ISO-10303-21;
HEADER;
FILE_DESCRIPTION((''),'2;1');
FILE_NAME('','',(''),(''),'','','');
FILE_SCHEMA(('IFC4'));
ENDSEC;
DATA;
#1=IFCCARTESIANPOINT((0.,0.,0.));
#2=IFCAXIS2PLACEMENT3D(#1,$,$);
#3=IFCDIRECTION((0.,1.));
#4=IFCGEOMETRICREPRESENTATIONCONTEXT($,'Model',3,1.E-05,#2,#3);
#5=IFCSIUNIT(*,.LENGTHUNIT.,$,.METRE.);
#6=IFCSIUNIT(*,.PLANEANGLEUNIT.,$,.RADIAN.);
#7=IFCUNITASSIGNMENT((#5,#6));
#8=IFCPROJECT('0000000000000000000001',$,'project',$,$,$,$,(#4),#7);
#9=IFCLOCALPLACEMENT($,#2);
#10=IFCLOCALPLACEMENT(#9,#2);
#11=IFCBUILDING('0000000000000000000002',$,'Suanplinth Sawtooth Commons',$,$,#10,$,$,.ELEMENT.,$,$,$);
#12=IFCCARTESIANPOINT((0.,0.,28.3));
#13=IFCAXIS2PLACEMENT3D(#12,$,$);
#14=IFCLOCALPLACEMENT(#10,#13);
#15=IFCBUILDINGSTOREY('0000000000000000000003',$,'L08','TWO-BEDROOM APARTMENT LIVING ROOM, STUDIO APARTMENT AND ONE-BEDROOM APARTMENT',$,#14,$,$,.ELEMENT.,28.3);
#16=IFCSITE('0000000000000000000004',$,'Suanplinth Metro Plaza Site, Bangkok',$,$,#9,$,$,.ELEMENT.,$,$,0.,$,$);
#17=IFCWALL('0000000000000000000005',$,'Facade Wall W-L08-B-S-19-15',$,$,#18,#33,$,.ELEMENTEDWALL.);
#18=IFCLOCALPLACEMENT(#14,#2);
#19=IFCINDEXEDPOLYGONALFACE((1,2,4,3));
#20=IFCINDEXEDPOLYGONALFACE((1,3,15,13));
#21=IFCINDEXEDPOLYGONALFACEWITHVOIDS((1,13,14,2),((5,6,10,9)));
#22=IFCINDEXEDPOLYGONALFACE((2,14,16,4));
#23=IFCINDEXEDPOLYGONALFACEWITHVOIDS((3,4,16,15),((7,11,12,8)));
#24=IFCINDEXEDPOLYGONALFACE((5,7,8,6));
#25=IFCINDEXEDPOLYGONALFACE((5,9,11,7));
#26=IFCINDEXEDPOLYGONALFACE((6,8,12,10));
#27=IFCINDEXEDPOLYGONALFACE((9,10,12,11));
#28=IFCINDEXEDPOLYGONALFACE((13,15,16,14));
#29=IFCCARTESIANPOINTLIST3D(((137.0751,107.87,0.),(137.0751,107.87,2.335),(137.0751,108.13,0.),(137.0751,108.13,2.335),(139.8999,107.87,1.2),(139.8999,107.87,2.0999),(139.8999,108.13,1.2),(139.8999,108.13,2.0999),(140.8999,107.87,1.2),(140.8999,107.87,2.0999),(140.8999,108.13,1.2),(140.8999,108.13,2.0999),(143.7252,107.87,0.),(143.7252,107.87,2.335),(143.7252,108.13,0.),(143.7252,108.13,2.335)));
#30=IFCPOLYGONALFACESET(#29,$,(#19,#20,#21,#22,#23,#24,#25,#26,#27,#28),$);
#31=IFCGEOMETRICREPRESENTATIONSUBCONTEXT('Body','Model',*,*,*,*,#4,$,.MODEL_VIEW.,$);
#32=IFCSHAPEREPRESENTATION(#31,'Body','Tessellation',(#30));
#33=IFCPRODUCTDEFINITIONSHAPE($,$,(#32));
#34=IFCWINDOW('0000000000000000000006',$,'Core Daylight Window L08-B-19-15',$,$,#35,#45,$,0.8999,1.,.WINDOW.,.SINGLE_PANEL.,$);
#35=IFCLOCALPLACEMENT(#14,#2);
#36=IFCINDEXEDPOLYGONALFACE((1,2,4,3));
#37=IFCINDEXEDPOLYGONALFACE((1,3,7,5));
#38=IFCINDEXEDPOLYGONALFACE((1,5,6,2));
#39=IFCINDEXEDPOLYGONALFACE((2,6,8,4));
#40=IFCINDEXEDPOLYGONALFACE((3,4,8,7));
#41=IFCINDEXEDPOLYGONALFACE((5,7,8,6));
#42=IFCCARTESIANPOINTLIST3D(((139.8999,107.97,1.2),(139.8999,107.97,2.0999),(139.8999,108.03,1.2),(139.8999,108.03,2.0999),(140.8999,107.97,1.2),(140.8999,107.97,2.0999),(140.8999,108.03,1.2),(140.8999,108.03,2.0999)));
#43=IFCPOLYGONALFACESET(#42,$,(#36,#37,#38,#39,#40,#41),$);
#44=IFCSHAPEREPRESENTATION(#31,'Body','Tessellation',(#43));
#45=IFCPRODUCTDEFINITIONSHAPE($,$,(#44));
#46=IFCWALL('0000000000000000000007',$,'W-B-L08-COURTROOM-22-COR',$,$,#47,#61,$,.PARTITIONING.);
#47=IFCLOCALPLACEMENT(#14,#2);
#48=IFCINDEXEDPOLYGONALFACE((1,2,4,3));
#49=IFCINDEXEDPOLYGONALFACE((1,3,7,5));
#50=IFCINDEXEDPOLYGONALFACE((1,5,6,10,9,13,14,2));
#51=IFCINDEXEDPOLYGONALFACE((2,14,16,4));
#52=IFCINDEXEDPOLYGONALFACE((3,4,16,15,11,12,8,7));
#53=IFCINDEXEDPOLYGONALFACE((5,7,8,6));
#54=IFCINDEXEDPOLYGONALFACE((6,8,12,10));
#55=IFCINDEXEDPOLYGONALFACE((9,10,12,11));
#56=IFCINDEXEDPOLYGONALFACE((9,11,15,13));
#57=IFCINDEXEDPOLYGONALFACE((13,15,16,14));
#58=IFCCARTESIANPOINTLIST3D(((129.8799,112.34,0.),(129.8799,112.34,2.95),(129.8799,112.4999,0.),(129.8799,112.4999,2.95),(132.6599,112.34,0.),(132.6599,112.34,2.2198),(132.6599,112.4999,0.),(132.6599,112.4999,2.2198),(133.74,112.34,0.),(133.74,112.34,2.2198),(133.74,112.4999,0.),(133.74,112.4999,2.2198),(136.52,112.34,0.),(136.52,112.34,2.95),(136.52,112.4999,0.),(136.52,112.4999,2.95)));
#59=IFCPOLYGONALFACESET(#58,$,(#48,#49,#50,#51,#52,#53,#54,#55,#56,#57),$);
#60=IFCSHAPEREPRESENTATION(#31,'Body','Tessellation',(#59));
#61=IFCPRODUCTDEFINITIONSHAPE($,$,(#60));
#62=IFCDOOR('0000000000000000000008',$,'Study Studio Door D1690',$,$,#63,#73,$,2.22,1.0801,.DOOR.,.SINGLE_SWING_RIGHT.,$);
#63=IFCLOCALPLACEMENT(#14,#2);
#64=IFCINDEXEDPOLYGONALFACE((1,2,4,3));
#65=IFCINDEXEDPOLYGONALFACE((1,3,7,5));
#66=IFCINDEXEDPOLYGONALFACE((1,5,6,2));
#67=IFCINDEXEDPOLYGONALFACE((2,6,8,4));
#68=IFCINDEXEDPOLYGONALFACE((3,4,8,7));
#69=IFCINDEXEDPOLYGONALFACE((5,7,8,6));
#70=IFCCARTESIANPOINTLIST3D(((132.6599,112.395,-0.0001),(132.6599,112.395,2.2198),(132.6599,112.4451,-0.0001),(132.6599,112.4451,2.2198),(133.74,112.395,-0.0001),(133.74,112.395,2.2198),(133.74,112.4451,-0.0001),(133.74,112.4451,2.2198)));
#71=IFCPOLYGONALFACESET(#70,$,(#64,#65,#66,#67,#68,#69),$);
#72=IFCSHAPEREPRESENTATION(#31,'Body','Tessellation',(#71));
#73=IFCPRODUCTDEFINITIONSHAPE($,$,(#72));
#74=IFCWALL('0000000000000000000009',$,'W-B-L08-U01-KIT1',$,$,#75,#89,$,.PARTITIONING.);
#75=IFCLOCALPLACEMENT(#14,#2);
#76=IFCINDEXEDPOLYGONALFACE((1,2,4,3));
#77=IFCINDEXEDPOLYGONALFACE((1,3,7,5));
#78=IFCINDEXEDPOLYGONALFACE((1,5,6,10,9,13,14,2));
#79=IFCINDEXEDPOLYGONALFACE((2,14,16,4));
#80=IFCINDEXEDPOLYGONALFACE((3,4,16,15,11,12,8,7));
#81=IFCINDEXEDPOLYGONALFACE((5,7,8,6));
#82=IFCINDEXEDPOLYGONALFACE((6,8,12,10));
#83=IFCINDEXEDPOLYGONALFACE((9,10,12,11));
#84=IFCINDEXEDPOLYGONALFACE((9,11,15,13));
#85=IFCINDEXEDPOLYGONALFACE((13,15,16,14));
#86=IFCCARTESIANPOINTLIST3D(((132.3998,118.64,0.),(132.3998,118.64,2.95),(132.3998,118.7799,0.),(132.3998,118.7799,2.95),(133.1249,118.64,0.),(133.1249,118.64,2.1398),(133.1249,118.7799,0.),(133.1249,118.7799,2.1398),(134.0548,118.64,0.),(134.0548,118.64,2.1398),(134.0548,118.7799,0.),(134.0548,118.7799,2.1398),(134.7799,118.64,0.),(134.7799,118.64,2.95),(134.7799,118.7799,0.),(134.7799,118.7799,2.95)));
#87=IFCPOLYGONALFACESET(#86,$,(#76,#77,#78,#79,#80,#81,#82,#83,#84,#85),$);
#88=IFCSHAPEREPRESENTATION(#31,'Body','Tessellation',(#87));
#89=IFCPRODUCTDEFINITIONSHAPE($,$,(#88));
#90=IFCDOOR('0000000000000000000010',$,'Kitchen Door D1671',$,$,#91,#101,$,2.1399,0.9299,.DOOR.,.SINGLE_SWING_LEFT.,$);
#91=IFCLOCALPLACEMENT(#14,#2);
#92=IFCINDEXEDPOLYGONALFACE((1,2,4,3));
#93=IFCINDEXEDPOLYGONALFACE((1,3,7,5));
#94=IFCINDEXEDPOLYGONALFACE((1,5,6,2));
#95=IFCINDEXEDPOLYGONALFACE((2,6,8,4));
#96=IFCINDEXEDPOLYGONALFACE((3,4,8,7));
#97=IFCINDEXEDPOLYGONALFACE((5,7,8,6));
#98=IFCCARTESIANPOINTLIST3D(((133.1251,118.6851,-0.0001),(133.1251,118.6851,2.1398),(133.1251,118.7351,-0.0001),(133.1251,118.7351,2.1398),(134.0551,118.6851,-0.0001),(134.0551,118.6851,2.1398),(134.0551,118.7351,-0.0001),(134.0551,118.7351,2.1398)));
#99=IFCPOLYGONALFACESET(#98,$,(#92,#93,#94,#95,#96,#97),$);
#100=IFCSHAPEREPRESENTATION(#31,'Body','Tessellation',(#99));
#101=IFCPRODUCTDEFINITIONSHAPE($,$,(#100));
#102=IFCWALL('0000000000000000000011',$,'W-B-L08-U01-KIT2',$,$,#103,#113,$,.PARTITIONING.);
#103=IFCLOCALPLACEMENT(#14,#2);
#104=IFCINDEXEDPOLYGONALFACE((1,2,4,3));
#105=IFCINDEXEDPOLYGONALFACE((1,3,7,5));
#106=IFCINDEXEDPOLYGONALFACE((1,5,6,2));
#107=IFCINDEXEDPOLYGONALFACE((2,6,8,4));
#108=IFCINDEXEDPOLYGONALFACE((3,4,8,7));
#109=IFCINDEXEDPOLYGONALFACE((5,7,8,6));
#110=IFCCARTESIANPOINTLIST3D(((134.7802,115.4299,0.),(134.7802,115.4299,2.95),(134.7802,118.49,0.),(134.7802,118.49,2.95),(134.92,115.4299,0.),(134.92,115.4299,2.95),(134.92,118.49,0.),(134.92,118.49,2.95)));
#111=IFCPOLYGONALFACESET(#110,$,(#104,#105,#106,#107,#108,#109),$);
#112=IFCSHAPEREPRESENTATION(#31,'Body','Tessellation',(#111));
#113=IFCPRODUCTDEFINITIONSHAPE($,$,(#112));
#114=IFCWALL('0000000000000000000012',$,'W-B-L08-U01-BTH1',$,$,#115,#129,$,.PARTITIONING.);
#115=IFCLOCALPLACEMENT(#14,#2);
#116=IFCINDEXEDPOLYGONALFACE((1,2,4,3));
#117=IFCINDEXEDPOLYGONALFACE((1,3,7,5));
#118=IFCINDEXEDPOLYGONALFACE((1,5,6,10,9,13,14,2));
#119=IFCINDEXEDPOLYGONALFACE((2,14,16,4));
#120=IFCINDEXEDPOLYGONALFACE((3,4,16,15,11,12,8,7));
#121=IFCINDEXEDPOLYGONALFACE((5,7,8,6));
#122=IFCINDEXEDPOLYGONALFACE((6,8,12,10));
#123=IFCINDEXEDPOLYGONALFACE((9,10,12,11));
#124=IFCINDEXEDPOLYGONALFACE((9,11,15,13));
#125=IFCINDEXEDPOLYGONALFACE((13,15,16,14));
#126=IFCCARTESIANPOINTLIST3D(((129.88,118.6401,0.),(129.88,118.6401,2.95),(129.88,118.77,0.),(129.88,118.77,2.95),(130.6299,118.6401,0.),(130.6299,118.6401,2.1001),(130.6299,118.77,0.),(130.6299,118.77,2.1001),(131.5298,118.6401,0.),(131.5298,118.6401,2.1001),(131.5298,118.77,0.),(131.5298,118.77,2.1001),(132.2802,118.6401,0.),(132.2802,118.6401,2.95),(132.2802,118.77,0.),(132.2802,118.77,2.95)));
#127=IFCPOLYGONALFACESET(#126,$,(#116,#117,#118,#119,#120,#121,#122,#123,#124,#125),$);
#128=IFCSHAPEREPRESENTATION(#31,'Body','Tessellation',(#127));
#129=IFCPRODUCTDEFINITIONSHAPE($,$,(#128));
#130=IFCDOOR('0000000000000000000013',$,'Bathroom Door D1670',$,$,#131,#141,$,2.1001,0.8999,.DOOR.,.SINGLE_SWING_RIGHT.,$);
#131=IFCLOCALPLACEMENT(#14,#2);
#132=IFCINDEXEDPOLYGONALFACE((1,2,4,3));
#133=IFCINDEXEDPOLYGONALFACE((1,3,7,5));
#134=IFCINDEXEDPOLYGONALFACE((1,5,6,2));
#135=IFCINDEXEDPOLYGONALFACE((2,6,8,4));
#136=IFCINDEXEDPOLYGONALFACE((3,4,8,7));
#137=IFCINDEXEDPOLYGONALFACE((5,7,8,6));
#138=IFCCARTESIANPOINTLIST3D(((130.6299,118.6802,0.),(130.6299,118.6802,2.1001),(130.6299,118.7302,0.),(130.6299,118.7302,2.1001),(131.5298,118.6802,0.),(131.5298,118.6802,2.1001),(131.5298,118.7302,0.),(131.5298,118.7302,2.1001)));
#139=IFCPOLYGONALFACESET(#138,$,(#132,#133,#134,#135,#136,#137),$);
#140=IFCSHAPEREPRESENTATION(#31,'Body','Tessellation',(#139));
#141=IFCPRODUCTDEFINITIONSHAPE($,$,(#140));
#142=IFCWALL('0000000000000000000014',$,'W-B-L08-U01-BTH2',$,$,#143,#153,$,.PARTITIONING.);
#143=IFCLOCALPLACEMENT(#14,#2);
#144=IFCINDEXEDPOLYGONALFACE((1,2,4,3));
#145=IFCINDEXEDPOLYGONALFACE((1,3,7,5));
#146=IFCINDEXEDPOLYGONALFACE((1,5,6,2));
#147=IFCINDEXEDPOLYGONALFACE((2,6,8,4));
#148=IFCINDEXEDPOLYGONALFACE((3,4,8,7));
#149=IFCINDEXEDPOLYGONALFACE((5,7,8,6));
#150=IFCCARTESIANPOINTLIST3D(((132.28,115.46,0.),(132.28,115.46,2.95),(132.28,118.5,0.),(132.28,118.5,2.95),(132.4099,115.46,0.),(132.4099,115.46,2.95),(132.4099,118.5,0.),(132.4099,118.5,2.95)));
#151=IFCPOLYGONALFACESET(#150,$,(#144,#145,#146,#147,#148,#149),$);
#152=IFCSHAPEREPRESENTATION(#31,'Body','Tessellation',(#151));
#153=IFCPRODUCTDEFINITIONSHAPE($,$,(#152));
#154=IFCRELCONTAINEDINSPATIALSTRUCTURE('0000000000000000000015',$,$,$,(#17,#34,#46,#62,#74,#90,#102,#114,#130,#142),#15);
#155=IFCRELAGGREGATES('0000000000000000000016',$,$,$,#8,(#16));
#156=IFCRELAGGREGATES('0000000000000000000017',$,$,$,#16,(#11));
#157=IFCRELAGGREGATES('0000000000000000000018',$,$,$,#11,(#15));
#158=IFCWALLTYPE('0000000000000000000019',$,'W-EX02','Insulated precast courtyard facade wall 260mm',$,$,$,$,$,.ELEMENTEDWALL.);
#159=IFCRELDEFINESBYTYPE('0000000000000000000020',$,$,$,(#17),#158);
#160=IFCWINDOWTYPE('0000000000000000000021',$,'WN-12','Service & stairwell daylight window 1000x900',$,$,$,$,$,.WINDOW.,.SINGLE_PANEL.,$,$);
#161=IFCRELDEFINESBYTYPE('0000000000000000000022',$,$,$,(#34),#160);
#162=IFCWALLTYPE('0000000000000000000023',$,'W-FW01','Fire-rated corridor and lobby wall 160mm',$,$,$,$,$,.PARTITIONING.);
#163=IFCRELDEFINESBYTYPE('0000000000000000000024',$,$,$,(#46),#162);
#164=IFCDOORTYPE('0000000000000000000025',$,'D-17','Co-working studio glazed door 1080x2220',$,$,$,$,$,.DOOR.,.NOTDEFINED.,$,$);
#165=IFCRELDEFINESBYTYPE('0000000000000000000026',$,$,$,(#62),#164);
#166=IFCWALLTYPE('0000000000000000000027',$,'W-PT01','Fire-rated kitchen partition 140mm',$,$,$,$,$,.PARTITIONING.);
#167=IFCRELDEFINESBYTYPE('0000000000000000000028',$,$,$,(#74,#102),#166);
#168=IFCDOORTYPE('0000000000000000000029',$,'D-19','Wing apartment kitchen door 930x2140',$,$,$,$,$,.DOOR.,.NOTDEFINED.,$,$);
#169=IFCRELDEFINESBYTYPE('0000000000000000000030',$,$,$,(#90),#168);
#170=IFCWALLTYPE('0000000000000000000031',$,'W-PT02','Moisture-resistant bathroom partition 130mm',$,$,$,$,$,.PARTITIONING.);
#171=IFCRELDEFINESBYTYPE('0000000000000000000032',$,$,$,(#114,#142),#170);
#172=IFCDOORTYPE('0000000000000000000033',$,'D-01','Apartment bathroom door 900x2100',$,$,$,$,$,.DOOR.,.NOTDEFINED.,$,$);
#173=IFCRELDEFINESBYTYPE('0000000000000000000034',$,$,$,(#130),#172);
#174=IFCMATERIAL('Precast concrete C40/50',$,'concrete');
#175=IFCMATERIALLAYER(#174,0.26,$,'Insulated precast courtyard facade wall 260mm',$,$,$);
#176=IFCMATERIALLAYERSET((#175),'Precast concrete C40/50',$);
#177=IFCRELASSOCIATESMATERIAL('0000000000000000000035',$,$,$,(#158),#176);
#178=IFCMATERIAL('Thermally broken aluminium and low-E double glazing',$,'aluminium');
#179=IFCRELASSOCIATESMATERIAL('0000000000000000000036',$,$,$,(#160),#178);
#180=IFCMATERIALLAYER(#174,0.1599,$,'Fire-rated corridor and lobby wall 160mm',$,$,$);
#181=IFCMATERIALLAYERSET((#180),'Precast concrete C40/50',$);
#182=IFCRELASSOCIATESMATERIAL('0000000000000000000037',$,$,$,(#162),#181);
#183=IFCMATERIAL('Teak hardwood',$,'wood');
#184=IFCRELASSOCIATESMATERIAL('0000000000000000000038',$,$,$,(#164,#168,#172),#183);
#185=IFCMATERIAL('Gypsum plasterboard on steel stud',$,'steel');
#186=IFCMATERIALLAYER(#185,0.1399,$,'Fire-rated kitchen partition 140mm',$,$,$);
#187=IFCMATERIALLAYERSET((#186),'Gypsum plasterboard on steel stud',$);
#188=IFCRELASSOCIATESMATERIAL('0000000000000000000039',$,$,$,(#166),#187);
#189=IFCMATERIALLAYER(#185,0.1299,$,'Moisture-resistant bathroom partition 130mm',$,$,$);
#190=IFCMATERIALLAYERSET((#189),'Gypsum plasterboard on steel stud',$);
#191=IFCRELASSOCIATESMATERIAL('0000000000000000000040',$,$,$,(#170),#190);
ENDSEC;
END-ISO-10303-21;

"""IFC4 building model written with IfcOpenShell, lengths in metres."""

from ifc_helpers import new_model, si_unit, direction, frame, frame_2d, origin, place, context, subcontext, project, spatial, rectangle, extrude, material, layer, layer_set, type_object, element, fill, save


model = new_model("IFC4")

# Units and contexts
model_context = context("Model", 3, precision=1e-05, world=origin(), true_north=direction((0.0, 1.0)))
body_context = subcontext(model_context, "Body", "Model", "MODEL_VIEW")
ifc_project = project(units=[si_unit("LENGTHUNIT", "METRE"), si_unit("PLANEANGLEUNIT", "RADIAN")], contexts=[model_context])

# Site, building, storey
site_placement = place(None, origin())
site = spatial("IfcSite", under=ifc_project, at=site_placement, Name="Suanplinth Metro Plaza Site, Bangkok", CompositionType="ELEMENT", RefElevation=0.0)
building_placement = place(site_placement, origin())
building = spatial("IfcBuilding", under=site, at=building_placement, Name="Suanplinth Sawtooth Commons", CompositionType="ELEMENT")
storey_placement = place(building_placement, frame((0.0, 0.0, 28.3)))
storey = spatial("IfcBuildingStorey", under=building, at=storey_placement, Name="L08", Description="TWO-BEDROOM APARTMENT LIVING ROOM, STUDIO APARTMENT AND ONE-BEDROOM APARTMENT", CompositionType="ELEMENT", Elevation=28.3)

# Shared definitions
ifc_material_1 = material(Name="Precast concrete C40/50", Category="concrete")

# Shared definitions
ifc_layer_1 = layer(ifc_material_1, 0.26, Name="Insulated precast courtyard facade wall 260mm")
ifc_layer_set_1 = layer_set([ifc_layer_1], Name="Precast concrete C40/50")
wall_type_1 = type_object("IfcWallType", Name="W-EX02", Description="Insulated precast courtyard facade wall 260mm", PredefinedType="ELEMENTEDWALL", material=ifc_layer_set_1)
ifc_material_2 = material(Name="Thermally broken aluminium and low-E double glazing", Category="aluminium")

# Wall, opening, window
wall_1_placement = place(storey_placement, frame((137.075, 108.0, 0.0), z_axis=(0.0, 0.0, 1.0), x_axis=(1.0, 0.0, 0.0)))
wall_1 = element("IfcWall", 1, at=wall_1_placement, inside=storey, type_object=wall_type_1, Name="Facade Wall W-L08-B-S-19-15", PredefinedType="ELEMENTEDWALL", context=body_context, shape_type="SweptSolid", body=[
    extrude(rectangle(XDim=6.6501, YDim=0.26, at=frame_2d((3.3252, 0.0))), origin(), (0.0, 0.0, 1.0), 2.335),
])
opening_1_placement = place(wall_1_placement, frame((2.825, 0.0, 1.2)))
opening_1 = element("IfcOpeningElement", 2, at=opening_1_placement, cuts=wall_1, PredefinedType="OPENING", context=body_context, shape_type="SweptSolid", body=[
    extrude(rectangle(XDim=1.0, YDim=0.8999, at=frame_2d((0.5, 0.45))), frame((0.0, 0.145, 0.0), z_axis=(0.0, -1.0, 0.0), x_axis=(1.0, 0.0, 0.0)), (0.0, 0.0, 1.0), 0.2898),
])
window_type_1 = type_object("IfcWindowType", Name="WN-12", Description="Service & stairwell daylight window 1000x900", PartitioningType="SINGLE_PANEL", PredefinedType="WINDOW", material=ifc_material_2)
window_1_placement = place(opening_1_placement, origin())
window_1 = element("IfcWindow", 3, at=window_1_placement, inside=storey, type_object=window_type_1, Name="Core Daylight Window L08-B-19-15", OverallHeight=0.8999, OverallWidth=1.0, PartitioningType="SINGLE_PANEL", PredefinedType="WINDOW", context=body_context, shape_type="SweptSolid", body=[
    extrude(rectangle(XDim=1.0, YDim=0.8999, at=frame_2d((0.5, 0.45))), frame((0.0, 0.03, 0.0), z_axis=(0.0, -1.0, 0.0), x_axis=(1.0, 0.0, 0.0)), (0.0, 0.0, 1.0), 0.0601),
])
fill(opening_1, window_1)

# Walls, openings, doors
ifc_layer_2 = layer(ifc_material_1, 0.1599, Name="Fire-rated corridor and lobby wall 160mm")
ifc_layer_set_2 = layer_set([ifc_layer_2], Name="Precast concrete C40/50")
wall_type_2 = type_object("IfcWallType", Name="W-FW01", Description="Fire-rated corridor and lobby wall 160mm", PredefinedType="PARTITIONING", material=ifc_layer_set_2)
wall_2_placement = place(storey_placement, frame((129.8799, 112.4199, 0.0), z_axis=(0.0, 0.0, 1.0), x_axis=(1.0, 0.0, 0.0)))
wall_2 = element("IfcWall", 4, at=wall_2_placement, inside=storey, type_object=wall_type_2, Name="W-B-L08-COURTROOM-22-COR", PredefinedType="PARTITIONING", context=body_context, shape_type="SweptSolid", body=[
    extrude(rectangle(XDim=6.6401, YDim=0.1599, at=frame_2d((3.3201, 0.0))), origin(), (0.0, 0.0, 1.0), 2.95),
])
opening_2_placement = place(wall_2_placement, frame((2.78, 0.0, 0.0)))
opening_2 = element("IfcOpeningElement", 5, at=opening_2_placement, cuts=wall_2, PredefinedType="OPENING", context=body_context, shape_type="SweptSolid", body=[
    extrude(rectangle(XDim=1.0801, YDim=2.22, at=frame_2d((0.54, 1.1099))), frame((0.0, 0.0947, 0.0), z_axis=(0.0, -1.0, 0.0), x_axis=(1.0, 0.0, 0.0)), (0.0, 0.0, 1.0), 0.1897),
])
ifc_material_3 = material(Name="Teak hardwood", Category="wood")
door_type_1 = type_object("IfcDoorType", Name="D-17", Description="Co-working studio glazed door 1080x2220", OperationType="NOTDEFINED", PredefinedType="DOOR", material=ifc_material_3)
door_1_placement = place(opening_2_placement, frame((1.0801, 0.0, 0.0), z_axis=(0.0, 0.0, 1.0), x_axis=(-1.0, 0.0, 0.0)))
door_1 = element("IfcDoor", 6, at=door_1_placement, inside=storey, type_object=door_type_1, Name="Study Studio Door D1690", OperationType="SINGLE_SWING_RIGHT", OverallHeight=2.22, OverallWidth=1.0801, PredefinedType="DOOR", context=body_context, shape_type="SweptSolid", body=[
    extrude(rectangle(XDim=1.0801, YDim=2.22, at=frame_2d((0.54, 1.1099))), frame((0.0, 0.0249, 0.0), z_axis=(0.0, -1.0, 0.0), x_axis=(1.0, 0.0, 0.0)), (0.0, 0.0, 1.0), 0.05),
])
fill(opening_2, door_1)
ifc_material_4 = material(Name="Gypsum plasterboard on steel stud", Category="steel")
ifc_layer_3 = layer(ifc_material_4, 0.1399, Name="Fire-rated kitchen partition 140mm")
ifc_layer_set_3 = layer_set([ifc_layer_3], Name="Gypsum plasterboard on steel stud")
wall_type_3 = type_object("IfcWallType", Name="W-PT01", Description="Fire-rated kitchen partition 140mm", PredefinedType="PARTITIONING", material=ifc_layer_set_3)
wall_3_placement = place(storey_placement, frame((132.3999, 118.71, 0.0), z_axis=(0.0, 0.0, 1.0), x_axis=(1.0, 0.0, 0.0)))
wall_3 = element("IfcWall", 7, at=wall_3_placement, inside=storey, type_object=wall_type_3, Name="W-B-L08-U01-KIT1", PredefinedType="PARTITIONING", context=body_context, shape_type="SweptSolid", body=[
    extrude(rectangle(XDim=2.3801, YDim=0.1399, at=frame_2d((1.1899, 0.0))), origin(), (0.0, 0.0, 1.0), 2.95),
])
opening_3_placement = place(wall_3_placement, frame((0.7251, 0.0, 0.0)))
opening_3 = element("IfcOpeningElement", 8, at=opening_3_placement, cuts=wall_3, PredefinedType="OPENING", context=body_context, shape_type="SweptSolid", body=[
    extrude(rectangle(XDim=0.9299, YDim=2.1399, at=frame_2d((0.4648, 1.0698))), frame((0.0, 0.085, 0.0), z_axis=(0.0, -1.0, 0.0), x_axis=(1.0, 0.0, 0.0)), (0.0, 0.0, 1.0), 0.1697),
])
door_type_2 = type_object("IfcDoorType", Name="D-19", Description="Wing apartment kitchen door 930x2140", OperationType="NOTDEFINED", PredefinedType="DOOR", material=ifc_material_3)
door_2_placement = place(opening_3_placement, frame((0.9299, 0.0, 0.0), z_axis=(0.0, 0.0, 1.0), x_axis=(-1.0, 0.0, 0.0)))
door_2 = element("IfcDoor", 9, at=door_2_placement, inside=storey, type_object=door_type_2, Name="Kitchen Door D1671", OperationType="SINGLE_SWING_LEFT", OverallHeight=2.1399, OverallWidth=0.9299, PredefinedType="DOOR", context=body_context, shape_type="SweptSolid", body=[
    extrude(rectangle(XDim=0.9299, YDim=2.1399, at=frame_2d((0.4648, 1.0698))), frame((0.0, 0.0249, 0.0), z_axis=(0.0, -1.0, 0.0), x_axis=(1.0, 0.0, 0.0)), (0.0, 0.0, 1.0), 0.05),
])
fill(opening_3, door_2)

# Wall
wall_4_placement = place(storey_placement, frame((134.8501, 115.4299, 0.0), z_axis=(0.0, 0.0, 1.0), x_axis=(0.0, 1.0, 0.0)))
element("IfcWall", 10, at=wall_4_placement, inside=storey, type_object=wall_type_3, Name="W-B-L08-U01-KIT2", PredefinedType="PARTITIONING", context=body_context, shape_type="SweptSolid", body=[
    extrude(rectangle(XDim=3.0601, YDim=0.1399, at=frame_2d((1.53, 0.0))), origin(), (0.0, 0.0, 1.0), 2.95),
])

# Wall, opening, door
ifc_layer_4 = layer(ifc_material_4, 0.1299, Name="Moisture-resistant bathroom partition 130mm")
ifc_layer_set_4 = layer_set([ifc_layer_4], Name="Gypsum plasterboard on steel stud")
wall_type_4 = type_object("IfcWallType", Name="W-PT02", Description="Moisture-resistant bathroom partition 130mm", PredefinedType="PARTITIONING", material=ifc_layer_set_4)
wall_5_placement = place(storey_placement, frame((129.8799, 118.7051, 0.0), z_axis=(0.0, 0.0, 1.0), x_axis=(1.0, 0.0, 0.0)))
wall_5 = element("IfcWall", 11, at=wall_5_placement, inside=storey, type_object=wall_type_4, Name="W-B-L08-U01-BTH1", PredefinedType="PARTITIONING", context=body_context, shape_type="SweptSolid", body=[
    extrude(rectangle(XDim=2.4001, YDim=0.1299, at=frame_2d((1.2002, 0.0))), origin(), (0.0, 0.0, 1.0), 2.95),
])
opening_4_placement = place(wall_5_placement, frame((0.75, 0.0, 0.0)))
opening_4 = element("IfcOpeningElement", 12, at=opening_4_placement, cuts=wall_5, PredefinedType="OPENING", context=body_context, shape_type="SweptSolid", body=[
    extrude(rectangle(XDim=0.8999, YDim=2.1001, at=frame_2d((0.45, 1.05))), frame((0.0, 0.0798, 0.0), z_axis=(0.0, -1.0, 0.0), x_axis=(1.0, 0.0, 0.0)), (0.0, 0.0, 1.0), 0.1597),
])
door_type_3 = type_object("IfcDoorType", Name="D-01", Description="Apartment bathroom door 900x2100", OperationType="NOTDEFINED", PredefinedType="DOOR", material=ifc_material_3)
door_3_placement = place(opening_4_placement, frame((0.8999, 0.0, 0.0), z_axis=(0.0, 0.0, 1.0), x_axis=(-1.0, 0.0, 0.0)))
door_3 = element("IfcDoor", 13, at=door_3_placement, inside=storey, type_object=door_type_3, Name="Bathroom Door D1670", OperationType="SINGLE_SWING_RIGHT", OverallHeight=2.1001, OverallWidth=0.8999, PredefinedType="DOOR", context=body_context, shape_type="SweptSolid", body=[
    extrude(rectangle(XDim=0.8999, YDim=2.1001, at=frame_2d((0.45, 1.05))), frame((0.0, 0.0249, 0.0), z_axis=(0.0, -1.0, 0.0), x_axis=(1.0, 0.0, 0.0)), (0.0, 0.0, 1.0), 0.05),
])
fill(opening_4, door_3)

# Wall
wall_6_placement = place(storey_placement, frame((132.345, 115.46, 0.0), z_axis=(0.0, 0.0, 1.0), x_axis=(0.0, 1.0, 0.0)))
element("IfcWall", 14, at=wall_6_placement, inside=storey, type_object=wall_type_4, Name="W-B-L08-U01-BTH2", PredefinedType="PARTITIONING", context=body_context, shape_type="SweptSolid", body=[
    extrude(rectangle(XDim=3.04, YDim=0.1299, at=frame_2d((1.52, 0.0))), origin(), (0.0, 0.0, 1.0), 2.95),
])

save(model, "model.ifc")
